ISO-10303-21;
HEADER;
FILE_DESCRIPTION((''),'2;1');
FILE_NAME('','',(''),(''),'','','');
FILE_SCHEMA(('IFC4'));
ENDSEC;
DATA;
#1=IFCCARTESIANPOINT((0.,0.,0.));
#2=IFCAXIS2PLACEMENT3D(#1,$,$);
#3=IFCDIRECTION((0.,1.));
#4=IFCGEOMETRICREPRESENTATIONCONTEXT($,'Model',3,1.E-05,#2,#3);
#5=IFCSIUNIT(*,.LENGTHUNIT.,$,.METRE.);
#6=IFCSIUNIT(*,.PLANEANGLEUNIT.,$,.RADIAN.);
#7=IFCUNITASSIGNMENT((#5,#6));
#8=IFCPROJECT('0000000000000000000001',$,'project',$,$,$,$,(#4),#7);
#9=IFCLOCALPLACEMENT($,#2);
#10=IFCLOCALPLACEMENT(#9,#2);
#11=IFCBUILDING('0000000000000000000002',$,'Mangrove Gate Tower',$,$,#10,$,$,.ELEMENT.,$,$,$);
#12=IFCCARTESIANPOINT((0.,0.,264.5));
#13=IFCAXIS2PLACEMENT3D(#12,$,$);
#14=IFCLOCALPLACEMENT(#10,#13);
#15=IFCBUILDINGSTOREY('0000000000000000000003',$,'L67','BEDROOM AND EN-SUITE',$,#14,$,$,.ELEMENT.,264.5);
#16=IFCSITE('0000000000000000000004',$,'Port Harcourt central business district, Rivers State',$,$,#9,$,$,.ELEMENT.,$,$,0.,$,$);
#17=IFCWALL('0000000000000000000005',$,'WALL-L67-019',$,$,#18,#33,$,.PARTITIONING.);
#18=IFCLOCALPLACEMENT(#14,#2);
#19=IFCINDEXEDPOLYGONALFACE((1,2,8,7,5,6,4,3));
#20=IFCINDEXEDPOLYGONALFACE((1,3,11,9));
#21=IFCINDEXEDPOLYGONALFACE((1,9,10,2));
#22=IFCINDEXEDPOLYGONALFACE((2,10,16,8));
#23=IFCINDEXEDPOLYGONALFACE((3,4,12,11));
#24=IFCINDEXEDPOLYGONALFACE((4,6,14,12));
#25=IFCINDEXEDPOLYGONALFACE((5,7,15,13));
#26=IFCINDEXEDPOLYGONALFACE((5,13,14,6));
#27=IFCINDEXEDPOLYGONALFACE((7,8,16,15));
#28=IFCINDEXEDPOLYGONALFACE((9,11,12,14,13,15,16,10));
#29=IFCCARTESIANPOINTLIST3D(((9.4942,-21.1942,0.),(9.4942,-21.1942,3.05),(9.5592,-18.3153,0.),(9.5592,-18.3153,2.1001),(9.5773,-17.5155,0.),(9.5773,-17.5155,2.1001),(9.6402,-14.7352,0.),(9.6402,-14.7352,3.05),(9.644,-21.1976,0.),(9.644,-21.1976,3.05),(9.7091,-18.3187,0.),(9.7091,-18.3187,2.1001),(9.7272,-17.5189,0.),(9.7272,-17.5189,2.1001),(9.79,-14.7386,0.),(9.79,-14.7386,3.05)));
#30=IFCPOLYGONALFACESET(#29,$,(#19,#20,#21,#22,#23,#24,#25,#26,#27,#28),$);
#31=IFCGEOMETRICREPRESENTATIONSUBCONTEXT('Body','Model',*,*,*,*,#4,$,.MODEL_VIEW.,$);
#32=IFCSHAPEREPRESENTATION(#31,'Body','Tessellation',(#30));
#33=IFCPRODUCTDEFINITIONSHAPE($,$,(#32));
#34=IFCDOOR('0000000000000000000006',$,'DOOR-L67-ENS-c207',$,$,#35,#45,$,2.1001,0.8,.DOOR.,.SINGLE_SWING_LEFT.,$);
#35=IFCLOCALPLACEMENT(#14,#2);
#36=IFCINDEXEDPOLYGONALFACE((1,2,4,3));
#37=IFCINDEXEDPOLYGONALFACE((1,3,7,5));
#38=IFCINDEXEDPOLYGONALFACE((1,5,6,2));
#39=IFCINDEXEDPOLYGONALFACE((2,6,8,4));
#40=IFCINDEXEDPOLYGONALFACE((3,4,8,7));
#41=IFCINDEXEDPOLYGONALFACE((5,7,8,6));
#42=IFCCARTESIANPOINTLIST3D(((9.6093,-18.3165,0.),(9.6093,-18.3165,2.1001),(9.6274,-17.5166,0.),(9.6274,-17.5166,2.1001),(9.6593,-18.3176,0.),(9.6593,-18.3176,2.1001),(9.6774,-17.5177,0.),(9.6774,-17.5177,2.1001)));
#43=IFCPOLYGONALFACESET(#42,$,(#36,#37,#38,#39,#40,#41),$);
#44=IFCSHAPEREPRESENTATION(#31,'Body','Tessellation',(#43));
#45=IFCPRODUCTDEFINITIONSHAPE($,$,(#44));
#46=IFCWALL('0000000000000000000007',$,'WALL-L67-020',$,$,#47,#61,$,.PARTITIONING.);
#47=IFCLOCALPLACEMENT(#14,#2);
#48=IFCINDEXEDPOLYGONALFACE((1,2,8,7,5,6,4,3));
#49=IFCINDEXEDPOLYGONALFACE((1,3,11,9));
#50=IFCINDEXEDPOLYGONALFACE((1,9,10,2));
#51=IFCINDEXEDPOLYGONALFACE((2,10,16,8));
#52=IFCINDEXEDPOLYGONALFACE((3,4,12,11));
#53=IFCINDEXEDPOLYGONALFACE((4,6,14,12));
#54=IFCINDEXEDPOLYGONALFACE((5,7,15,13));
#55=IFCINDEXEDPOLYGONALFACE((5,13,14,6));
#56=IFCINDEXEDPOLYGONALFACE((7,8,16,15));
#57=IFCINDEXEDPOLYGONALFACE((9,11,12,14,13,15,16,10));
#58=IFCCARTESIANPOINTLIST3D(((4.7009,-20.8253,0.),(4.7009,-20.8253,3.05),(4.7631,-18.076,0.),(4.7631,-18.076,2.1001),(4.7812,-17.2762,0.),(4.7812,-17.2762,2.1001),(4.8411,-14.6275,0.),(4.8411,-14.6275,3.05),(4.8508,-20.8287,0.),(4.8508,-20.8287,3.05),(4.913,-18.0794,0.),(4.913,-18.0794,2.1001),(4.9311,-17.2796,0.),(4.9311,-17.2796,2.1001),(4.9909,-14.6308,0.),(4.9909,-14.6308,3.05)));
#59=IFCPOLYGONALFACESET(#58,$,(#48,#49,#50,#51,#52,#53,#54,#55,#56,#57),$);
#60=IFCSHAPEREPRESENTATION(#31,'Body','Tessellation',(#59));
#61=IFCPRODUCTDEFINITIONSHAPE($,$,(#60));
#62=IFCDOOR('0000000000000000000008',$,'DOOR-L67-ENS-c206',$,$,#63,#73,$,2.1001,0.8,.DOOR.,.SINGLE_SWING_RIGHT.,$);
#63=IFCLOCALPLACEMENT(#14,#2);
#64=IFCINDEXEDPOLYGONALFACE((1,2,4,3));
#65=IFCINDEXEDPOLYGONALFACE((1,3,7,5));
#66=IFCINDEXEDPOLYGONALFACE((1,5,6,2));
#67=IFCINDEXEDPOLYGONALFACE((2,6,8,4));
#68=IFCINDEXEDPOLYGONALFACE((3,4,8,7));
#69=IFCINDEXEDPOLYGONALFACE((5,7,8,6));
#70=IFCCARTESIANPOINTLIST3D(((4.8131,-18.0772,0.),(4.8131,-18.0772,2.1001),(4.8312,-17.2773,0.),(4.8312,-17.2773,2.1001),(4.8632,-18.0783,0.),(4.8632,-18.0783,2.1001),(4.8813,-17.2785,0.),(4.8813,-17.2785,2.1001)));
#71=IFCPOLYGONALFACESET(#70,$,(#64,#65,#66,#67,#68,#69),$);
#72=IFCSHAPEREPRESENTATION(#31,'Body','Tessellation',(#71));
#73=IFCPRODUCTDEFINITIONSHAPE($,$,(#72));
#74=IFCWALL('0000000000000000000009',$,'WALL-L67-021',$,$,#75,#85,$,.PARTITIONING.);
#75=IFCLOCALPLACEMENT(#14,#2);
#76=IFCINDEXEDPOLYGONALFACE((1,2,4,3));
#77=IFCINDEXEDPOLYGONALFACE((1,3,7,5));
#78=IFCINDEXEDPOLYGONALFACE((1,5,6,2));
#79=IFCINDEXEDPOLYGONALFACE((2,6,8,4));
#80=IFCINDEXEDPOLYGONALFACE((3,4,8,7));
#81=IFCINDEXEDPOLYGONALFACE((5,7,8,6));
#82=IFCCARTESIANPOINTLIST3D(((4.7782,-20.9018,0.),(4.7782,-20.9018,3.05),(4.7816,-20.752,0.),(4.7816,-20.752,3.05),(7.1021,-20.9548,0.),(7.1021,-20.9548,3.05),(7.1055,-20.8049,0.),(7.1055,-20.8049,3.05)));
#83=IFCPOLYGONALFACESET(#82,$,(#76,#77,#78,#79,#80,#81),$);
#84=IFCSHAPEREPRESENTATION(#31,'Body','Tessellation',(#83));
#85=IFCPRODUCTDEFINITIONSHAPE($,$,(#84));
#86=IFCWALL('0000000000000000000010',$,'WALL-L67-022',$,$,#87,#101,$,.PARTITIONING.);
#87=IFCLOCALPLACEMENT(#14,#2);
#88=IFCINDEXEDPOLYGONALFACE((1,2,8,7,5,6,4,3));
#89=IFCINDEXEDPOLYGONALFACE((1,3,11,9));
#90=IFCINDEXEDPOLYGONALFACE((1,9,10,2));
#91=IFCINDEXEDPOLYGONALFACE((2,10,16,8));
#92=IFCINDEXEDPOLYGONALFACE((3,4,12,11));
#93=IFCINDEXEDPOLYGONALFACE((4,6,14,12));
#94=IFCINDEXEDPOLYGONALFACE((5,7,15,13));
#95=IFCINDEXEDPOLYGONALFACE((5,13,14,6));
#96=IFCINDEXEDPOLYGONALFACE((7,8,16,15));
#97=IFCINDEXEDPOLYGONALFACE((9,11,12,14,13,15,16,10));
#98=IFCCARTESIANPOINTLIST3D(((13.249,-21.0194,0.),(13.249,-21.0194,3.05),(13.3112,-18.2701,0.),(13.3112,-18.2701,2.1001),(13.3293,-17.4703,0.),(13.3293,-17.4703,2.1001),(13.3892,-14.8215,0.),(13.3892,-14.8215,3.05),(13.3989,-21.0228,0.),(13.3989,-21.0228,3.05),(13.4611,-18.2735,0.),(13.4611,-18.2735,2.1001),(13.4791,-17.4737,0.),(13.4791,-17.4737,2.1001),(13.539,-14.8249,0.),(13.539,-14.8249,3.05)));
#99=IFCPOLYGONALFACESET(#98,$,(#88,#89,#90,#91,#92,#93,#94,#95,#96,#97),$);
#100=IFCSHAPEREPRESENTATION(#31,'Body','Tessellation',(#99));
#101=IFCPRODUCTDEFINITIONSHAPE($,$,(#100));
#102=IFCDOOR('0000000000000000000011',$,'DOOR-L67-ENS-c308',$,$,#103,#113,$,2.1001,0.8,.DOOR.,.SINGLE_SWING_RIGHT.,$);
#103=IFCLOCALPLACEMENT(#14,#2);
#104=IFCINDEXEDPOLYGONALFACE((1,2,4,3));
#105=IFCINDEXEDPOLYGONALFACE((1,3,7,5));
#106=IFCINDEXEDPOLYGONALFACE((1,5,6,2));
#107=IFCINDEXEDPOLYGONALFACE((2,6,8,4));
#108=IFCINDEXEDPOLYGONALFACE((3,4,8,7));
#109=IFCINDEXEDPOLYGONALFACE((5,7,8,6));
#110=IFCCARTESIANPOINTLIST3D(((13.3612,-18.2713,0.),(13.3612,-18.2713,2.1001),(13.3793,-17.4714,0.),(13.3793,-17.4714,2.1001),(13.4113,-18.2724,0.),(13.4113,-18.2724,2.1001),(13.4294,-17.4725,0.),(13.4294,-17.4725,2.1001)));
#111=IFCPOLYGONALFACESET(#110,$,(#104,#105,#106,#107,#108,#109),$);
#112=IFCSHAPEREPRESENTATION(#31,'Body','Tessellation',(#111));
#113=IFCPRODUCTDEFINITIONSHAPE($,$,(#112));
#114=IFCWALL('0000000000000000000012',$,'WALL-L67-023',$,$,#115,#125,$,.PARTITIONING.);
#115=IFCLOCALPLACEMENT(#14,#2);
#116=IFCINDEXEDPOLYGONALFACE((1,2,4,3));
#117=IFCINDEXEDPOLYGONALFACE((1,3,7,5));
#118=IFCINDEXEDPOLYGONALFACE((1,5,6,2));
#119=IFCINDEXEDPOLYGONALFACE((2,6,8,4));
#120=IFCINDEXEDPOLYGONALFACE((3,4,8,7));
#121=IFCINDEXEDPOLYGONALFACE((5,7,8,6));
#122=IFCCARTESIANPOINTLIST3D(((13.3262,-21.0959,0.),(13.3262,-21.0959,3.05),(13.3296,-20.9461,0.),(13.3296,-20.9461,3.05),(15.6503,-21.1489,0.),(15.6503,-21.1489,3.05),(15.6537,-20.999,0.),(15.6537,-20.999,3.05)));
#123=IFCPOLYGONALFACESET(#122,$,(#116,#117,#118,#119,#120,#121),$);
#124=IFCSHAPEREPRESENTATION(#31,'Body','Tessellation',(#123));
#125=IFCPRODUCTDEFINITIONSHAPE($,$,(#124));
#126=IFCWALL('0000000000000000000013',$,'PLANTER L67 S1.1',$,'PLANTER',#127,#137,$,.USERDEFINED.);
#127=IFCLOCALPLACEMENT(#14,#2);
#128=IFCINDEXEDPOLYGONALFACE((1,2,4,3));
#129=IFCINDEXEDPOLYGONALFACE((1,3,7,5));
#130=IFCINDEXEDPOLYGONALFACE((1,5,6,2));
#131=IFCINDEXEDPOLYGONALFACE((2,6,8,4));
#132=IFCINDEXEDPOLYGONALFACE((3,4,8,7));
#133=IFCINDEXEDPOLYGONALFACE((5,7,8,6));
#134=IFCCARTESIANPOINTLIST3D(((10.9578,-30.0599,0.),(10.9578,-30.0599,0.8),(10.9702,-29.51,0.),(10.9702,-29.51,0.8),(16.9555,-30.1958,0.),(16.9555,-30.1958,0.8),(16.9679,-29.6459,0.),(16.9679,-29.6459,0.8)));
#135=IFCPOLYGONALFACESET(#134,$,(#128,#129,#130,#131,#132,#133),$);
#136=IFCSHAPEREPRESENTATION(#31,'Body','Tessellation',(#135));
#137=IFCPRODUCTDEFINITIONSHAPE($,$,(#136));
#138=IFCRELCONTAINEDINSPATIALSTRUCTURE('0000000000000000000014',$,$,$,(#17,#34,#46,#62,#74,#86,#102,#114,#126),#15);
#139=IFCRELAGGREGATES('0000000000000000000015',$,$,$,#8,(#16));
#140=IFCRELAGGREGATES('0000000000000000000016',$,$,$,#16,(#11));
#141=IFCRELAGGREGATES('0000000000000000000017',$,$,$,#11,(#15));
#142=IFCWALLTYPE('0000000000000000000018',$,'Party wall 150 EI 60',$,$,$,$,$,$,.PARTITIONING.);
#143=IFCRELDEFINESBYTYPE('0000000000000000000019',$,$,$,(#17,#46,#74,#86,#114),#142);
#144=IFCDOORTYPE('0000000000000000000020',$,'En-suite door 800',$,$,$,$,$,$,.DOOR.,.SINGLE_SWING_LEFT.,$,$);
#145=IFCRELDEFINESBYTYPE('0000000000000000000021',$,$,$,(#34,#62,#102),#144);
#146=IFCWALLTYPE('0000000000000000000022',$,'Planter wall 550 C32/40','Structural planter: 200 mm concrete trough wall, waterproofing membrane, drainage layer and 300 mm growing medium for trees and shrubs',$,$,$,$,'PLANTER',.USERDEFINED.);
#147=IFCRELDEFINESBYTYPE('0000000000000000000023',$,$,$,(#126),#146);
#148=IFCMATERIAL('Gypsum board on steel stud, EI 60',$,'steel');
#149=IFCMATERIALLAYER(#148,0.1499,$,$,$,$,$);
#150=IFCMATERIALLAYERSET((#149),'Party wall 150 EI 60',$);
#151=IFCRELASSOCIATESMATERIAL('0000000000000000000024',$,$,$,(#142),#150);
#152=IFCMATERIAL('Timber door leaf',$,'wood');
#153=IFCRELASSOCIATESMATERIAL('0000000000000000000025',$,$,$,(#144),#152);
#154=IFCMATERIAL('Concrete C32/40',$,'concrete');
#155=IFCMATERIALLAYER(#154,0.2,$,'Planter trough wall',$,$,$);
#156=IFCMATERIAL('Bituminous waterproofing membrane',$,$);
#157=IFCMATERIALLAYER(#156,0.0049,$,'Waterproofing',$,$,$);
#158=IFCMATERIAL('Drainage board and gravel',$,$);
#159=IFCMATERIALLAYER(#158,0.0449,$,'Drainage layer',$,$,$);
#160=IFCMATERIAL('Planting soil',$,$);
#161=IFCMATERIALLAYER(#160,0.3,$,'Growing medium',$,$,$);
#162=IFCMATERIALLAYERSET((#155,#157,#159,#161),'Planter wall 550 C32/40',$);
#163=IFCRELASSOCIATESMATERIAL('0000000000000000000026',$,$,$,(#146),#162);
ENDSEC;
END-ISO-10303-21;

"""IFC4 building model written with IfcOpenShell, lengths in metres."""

from ifc_helpers import new_model, si_unit, direction, frame, frame_2d, origin, place, context, subcontext, project, spatial, rectangle, extrude, material, layer, layer_set, type_object, element, fill, save


model = new_model("IFC4")

# Units and contexts
model_context = context("Model", 3, precision=1e-05, world=origin(), true_north=direction((0.0, 1.0)))
body_context = subcontext(model_context, "Body", "Model", "MODEL_VIEW")
ifc_project = project(units=[si_unit("LENGTHUNIT", "METRE"), si_unit("PLANEANGLEUNIT", "RADIAN")], contexts=[model_context])

# Site, building, storey
site_placement = place(None, origin())
site = spatial("IfcSite", under=ifc_project, at=site_placement, Name="Port Harcourt central business district, Rivers State", CompositionType="ELEMENT", RefElevation=0.0)
building_placement = place(site_placement, origin())
building = spatial("IfcBuilding", under=site, at=building_placement, Name="Mangrove Gate Tower", CompositionType="ELEMENT")
storey_placement = place(building_placement, frame((0.0, 0.0, 264.5)))
storey = spatial("IfcBuildingStorey", under=building, at=storey_placement, Name="L67", Description="BEDROOM AND EN-SUITE", CompositionType="ELEMENT", Elevation=264.5)

# Shared definitions
ifc_material_1 = material(Name="Gypsum board on steel stud, EI 60", Category="steel")
ifc_layer_1 = layer(ifc_material_1, 0.1499)
ifc_layer_set_1 = layer_set([ifc_layer_1], Name="Party wall 150 EI 60")
wall_type_1 = type_object("IfcWallType", Name="Party wall 150 EI 60", PredefinedType="PARTITIONING", material=ifc_layer_set_1)

# Shared definitions
ifc_material_2 = material(Name="Timber door leaf", Category="wood")
door_type = type_object("IfcDoorType", Name="En-suite door 800", OperationType="SINGLE_SWING_LEFT", PredefinedType="DOOR", material=ifc_material_2)

# Walls, openings, doors
wall_1_placement = place(storey_placement, frame((9.5691, -21.196, 0.0), z_axis=(0.0, 0.0, 1.0), x_axis=(0.022598, 0.999745, 0.0)))
wall_1 = element("IfcWall", 1, at=wall_1_placement, inside=storey, type_object=wall_type_1, Name="WALL-L67-019", PredefinedType="PARTITIONING", context=body_context, shape_type="SweptSolid", body=[
    extrude(rectangle(XDim=6.4607, YDim=0.1499, at=frame_2d((3.2305, 0.0))), origin(), (0.0, 0.0, 1.0), 3.05),
])
opening_1_placement = place(wall_1_placement, frame((2.8799, 0.0, 0.0)))
opening_1 = element("IfcOpeningElement", 2, at=opening_1_placement, cuts=wall_1, PredefinedType="OPENING", context=body_context, shape_type="SweptSolid", body=[
    extrude(rectangle(XDim=0.8, YDim=2.1001, at=frame_2d((0.3999, 1.05))), frame((0.0, 0.085, 0.0), z_axis=(0.0, -1.0, 0.0), x_axis=(1.0, 0.0, 0.0)), (0.0, 0.0, 1.0), 0.1699),
])
door_1_placement = place(opening_1_placement, origin())
door_1 = element("IfcDoor", 3, at=door_1_placement, inside=storey, type_object=door_type, Name="DOOR-L67-ENS-c207", OperationType="SINGLE_SWING_LEFT", OverallHeight=2.1001, OverallWidth=0.8, PredefinedType="DOOR", context=body_context, shape_type="SweptSolid", body=[
    extrude(rectangle(XDim=0.8, YDim=2.1001, at=frame_2d((0.3999, 1.05))), frame((0.0, 0.0249, 0.0), z_axis=(0.0, -1.0, 0.0), x_axis=(1.0, 0.0, 0.0)), (0.0, 0.0, 1.0), 0.05),
])
fill(opening_1, door_1)
wall_2_placement = place(storey_placement, frame((4.7759, -20.8269, 0.0), z_axis=(0.0, 0.0, 1.0), x_axis=(0.022604, 0.999744, 0.0)))
wall_2 = element("IfcWall", 4, at=wall_2_placement, inside=storey, type_object=wall_type_1, Name="WALL-L67-020", PredefinedType="PARTITIONING", context=body_context, shape_type="SweptSolid", body=[
    extrude(rectangle(XDim=6.1995, YDim=0.1499, at=frame_2d((3.0996, 0.0))), origin(), (0.0, 0.0, 1.0), 3.05),
])
opening_2_placement = place(wall_2_placement, frame((2.75, 0.0, 0.0)))
opening_2 = element("IfcOpeningElement", 5, at=opening_2_placement, cuts=wall_2, PredefinedType="OPENING", context=body_context, shape_type="SweptSolid", body=[
    extrude(rectangle(XDim=0.8, YDim=2.1001, at=frame_2d((0.3999, 1.05))), frame((0.0, 0.085, 0.0), z_axis=(0.0, -1.0, 0.0), x_axis=(1.0, 0.0, 0.0)), (0.0, 0.0, 1.0), 0.1699),
])
door_2_placement = place(opening_2_placement, origin())
door_2 = element("IfcDoor", 6, at=door_2_placement, inside=storey, type_object=door_type, Name="DOOR-L67-ENS-c206", OperationType="SINGLE_SWING_RIGHT", OverallHeight=2.1001, OverallWidth=0.8, PredefinedType="DOOR", context=body_context, shape_type="SweptSolid", body=[
    extrude(rectangle(XDim=0.8, YDim=2.1001, at=frame_2d((0.3999, 1.05))), frame((0.0, 0.0249, 0.0), z_axis=(0.0, -1.0, 0.0), x_axis=(1.0, 0.0, 0.0)), (0.0, 0.0, 1.0), 0.05),
])
fill(opening_2, door_2)

# Wall
wall_3_placement = place(storey_placement, frame((4.78, -20.8269, 0.0), z_axis=(0.0, 0.0, 1.0), x_axis=(0.99974, -0.022791, 0.0)))
element("IfcWall", 7, at=wall_3_placement, inside=storey, type_object=wall_type_1, Name="WALL-L67-021", PredefinedType="PARTITIONING", context=body_context, shape_type="SweptSolid", body=[
    extrude(rectangle(XDim=2.3245, YDim=0.1499, at=frame_2d((1.1621, 0.0))), origin(), (0.0, 0.0, 1.0), 3.05),
])

# Wall, opening, door
wall_4_placement = place(storey_placement, frame((13.324, -21.021, 0.0), z_axis=(0.0, 0.0, 1.0), x_axis=(0.022604, 0.999744, 0.0)))
wall_4 = element("IfcWall", 8, at=wall_4_placement, inside=storey, type_object=wall_type_1, Name="WALL-L67-022", PredefinedType="PARTITIONING", context=body_context, shape_type="SweptSolid", body=[
    extrude(rectangle(XDim=6.1995, YDim=0.1499, at=frame_2d((3.0996, 0.0))), origin(), (0.0, 0.0, 1.0), 3.05),
])
opening_3_placement = place(wall_4_placement, frame((2.75, 0.0, 0.0)))
opening_3 = element("IfcOpeningElement", 9, at=opening_3_placement, cuts=wall_4, PredefinedType="OPENING", context=body_context, shape_type="SweptSolid", body=[
    extrude(rectangle(XDim=0.8, YDim=2.1001, at=frame_2d((0.3999, 1.05))), frame((0.0, 0.085, 0.0), z_axis=(0.0, -1.0, 0.0), x_axis=(1.0, 0.0, 0.0)), (0.0, 0.0, 1.0), 0.1699),
])
door_3_placement = place(opening_3_placement, origin())
door_3 = element("IfcDoor", 10, at=door_3_placement, inside=storey, type_object=door_type, Name="DOOR-L67-ENS-c308", OperationType="SINGLE_SWING_RIGHT", OverallHeight=2.1001, OverallWidth=0.8, PredefinedType="DOOR", context=body_context, shape_type="SweptSolid", body=[
    extrude(rectangle(XDim=0.8, YDim=2.1001, at=frame_2d((0.3999, 1.05))), frame((0.0, 0.0249, 0.0), z_axis=(0.0, -1.0, 0.0), x_axis=(1.0, 0.0, 0.0)), (0.0, 0.0, 1.0), 0.05),
])
fill(opening_3, door_3)

# Walls
wall_5_placement = place(storey_placement, frame((13.3279, -21.021, 0.0), z_axis=(0.0, 0.0, 1.0), x_axis=(0.99974, -0.022788, 0.0)))
element("IfcWall", 11, at=wall_5_placement, inside=storey, type_object=wall_type_1, Name="WALL-L67-023", PredefinedType="PARTITIONING", context=body_context, shape_type="SweptSolid", body=[
    extrude(rectangle(XDim=2.3247, YDim=0.1499, at=frame_2d((1.1624, 0.0))), origin(), (0.0, 0.0, 1.0), 3.05),
])
ifc_material_3 = material(Name="Concrete C32/40", Category="concrete")
ifc_layer_2 = layer(ifc_material_3, 0.2, Name="Planter trough wall")
ifc_material_4 = material(Name="Bituminous waterproofing membrane")
ifc_layer_3 = layer(ifc_material_4, 0.0049, Name="Waterproofing")
ifc_material_5 = material(Name="Drainage board and gravel")
ifc_layer_4 = layer(ifc_material_5, 0.0449, Name="Drainage layer")
ifc_material_6 = material(Name="Planting soil")
ifc_layer_5 = layer(ifc_material_6, 0.3, Name="Growing medium")
ifc_layer_set_2 = layer_set([ifc_layer_2, ifc_layer_3, ifc_layer_4, ifc_layer_5], Name="Planter wall 550 C32/40")
wall_type_2 = type_object("IfcWallType", Name="Planter wall 550 C32/40", Description="Structural planter: 200 mm concrete trough wall, waterproofing membrane, drainage layer and 300 mm growing medium for trees and shrubs", ElementType="PLANTER", PredefinedType="USERDEFINED", material=ifc_layer_set_2)
wall_6_placement = place(storey_placement, frame((10.9641, -29.7849, 0.0), z_axis=(0.0, 0.0, 1.0), x_axis=(0.999743, -0.022667, 0.0)))
element("IfcWall", 12, at=wall_6_placement, inside=storey, type_object=wall_type_2, Name="PLANTER L67 S1.1", ObjectType="PLANTER", PredefinedType="USERDEFINED", context=body_context, shape_type="SweptSolid", body=[
    extrude(rectangle(XDim=5.9993, YDim=0.55, at=frame_2d((2.9995, 0.0))), origin(), (0.0, 0.0, 1.0), 0.8),
])

save(model, "model.ifc")
